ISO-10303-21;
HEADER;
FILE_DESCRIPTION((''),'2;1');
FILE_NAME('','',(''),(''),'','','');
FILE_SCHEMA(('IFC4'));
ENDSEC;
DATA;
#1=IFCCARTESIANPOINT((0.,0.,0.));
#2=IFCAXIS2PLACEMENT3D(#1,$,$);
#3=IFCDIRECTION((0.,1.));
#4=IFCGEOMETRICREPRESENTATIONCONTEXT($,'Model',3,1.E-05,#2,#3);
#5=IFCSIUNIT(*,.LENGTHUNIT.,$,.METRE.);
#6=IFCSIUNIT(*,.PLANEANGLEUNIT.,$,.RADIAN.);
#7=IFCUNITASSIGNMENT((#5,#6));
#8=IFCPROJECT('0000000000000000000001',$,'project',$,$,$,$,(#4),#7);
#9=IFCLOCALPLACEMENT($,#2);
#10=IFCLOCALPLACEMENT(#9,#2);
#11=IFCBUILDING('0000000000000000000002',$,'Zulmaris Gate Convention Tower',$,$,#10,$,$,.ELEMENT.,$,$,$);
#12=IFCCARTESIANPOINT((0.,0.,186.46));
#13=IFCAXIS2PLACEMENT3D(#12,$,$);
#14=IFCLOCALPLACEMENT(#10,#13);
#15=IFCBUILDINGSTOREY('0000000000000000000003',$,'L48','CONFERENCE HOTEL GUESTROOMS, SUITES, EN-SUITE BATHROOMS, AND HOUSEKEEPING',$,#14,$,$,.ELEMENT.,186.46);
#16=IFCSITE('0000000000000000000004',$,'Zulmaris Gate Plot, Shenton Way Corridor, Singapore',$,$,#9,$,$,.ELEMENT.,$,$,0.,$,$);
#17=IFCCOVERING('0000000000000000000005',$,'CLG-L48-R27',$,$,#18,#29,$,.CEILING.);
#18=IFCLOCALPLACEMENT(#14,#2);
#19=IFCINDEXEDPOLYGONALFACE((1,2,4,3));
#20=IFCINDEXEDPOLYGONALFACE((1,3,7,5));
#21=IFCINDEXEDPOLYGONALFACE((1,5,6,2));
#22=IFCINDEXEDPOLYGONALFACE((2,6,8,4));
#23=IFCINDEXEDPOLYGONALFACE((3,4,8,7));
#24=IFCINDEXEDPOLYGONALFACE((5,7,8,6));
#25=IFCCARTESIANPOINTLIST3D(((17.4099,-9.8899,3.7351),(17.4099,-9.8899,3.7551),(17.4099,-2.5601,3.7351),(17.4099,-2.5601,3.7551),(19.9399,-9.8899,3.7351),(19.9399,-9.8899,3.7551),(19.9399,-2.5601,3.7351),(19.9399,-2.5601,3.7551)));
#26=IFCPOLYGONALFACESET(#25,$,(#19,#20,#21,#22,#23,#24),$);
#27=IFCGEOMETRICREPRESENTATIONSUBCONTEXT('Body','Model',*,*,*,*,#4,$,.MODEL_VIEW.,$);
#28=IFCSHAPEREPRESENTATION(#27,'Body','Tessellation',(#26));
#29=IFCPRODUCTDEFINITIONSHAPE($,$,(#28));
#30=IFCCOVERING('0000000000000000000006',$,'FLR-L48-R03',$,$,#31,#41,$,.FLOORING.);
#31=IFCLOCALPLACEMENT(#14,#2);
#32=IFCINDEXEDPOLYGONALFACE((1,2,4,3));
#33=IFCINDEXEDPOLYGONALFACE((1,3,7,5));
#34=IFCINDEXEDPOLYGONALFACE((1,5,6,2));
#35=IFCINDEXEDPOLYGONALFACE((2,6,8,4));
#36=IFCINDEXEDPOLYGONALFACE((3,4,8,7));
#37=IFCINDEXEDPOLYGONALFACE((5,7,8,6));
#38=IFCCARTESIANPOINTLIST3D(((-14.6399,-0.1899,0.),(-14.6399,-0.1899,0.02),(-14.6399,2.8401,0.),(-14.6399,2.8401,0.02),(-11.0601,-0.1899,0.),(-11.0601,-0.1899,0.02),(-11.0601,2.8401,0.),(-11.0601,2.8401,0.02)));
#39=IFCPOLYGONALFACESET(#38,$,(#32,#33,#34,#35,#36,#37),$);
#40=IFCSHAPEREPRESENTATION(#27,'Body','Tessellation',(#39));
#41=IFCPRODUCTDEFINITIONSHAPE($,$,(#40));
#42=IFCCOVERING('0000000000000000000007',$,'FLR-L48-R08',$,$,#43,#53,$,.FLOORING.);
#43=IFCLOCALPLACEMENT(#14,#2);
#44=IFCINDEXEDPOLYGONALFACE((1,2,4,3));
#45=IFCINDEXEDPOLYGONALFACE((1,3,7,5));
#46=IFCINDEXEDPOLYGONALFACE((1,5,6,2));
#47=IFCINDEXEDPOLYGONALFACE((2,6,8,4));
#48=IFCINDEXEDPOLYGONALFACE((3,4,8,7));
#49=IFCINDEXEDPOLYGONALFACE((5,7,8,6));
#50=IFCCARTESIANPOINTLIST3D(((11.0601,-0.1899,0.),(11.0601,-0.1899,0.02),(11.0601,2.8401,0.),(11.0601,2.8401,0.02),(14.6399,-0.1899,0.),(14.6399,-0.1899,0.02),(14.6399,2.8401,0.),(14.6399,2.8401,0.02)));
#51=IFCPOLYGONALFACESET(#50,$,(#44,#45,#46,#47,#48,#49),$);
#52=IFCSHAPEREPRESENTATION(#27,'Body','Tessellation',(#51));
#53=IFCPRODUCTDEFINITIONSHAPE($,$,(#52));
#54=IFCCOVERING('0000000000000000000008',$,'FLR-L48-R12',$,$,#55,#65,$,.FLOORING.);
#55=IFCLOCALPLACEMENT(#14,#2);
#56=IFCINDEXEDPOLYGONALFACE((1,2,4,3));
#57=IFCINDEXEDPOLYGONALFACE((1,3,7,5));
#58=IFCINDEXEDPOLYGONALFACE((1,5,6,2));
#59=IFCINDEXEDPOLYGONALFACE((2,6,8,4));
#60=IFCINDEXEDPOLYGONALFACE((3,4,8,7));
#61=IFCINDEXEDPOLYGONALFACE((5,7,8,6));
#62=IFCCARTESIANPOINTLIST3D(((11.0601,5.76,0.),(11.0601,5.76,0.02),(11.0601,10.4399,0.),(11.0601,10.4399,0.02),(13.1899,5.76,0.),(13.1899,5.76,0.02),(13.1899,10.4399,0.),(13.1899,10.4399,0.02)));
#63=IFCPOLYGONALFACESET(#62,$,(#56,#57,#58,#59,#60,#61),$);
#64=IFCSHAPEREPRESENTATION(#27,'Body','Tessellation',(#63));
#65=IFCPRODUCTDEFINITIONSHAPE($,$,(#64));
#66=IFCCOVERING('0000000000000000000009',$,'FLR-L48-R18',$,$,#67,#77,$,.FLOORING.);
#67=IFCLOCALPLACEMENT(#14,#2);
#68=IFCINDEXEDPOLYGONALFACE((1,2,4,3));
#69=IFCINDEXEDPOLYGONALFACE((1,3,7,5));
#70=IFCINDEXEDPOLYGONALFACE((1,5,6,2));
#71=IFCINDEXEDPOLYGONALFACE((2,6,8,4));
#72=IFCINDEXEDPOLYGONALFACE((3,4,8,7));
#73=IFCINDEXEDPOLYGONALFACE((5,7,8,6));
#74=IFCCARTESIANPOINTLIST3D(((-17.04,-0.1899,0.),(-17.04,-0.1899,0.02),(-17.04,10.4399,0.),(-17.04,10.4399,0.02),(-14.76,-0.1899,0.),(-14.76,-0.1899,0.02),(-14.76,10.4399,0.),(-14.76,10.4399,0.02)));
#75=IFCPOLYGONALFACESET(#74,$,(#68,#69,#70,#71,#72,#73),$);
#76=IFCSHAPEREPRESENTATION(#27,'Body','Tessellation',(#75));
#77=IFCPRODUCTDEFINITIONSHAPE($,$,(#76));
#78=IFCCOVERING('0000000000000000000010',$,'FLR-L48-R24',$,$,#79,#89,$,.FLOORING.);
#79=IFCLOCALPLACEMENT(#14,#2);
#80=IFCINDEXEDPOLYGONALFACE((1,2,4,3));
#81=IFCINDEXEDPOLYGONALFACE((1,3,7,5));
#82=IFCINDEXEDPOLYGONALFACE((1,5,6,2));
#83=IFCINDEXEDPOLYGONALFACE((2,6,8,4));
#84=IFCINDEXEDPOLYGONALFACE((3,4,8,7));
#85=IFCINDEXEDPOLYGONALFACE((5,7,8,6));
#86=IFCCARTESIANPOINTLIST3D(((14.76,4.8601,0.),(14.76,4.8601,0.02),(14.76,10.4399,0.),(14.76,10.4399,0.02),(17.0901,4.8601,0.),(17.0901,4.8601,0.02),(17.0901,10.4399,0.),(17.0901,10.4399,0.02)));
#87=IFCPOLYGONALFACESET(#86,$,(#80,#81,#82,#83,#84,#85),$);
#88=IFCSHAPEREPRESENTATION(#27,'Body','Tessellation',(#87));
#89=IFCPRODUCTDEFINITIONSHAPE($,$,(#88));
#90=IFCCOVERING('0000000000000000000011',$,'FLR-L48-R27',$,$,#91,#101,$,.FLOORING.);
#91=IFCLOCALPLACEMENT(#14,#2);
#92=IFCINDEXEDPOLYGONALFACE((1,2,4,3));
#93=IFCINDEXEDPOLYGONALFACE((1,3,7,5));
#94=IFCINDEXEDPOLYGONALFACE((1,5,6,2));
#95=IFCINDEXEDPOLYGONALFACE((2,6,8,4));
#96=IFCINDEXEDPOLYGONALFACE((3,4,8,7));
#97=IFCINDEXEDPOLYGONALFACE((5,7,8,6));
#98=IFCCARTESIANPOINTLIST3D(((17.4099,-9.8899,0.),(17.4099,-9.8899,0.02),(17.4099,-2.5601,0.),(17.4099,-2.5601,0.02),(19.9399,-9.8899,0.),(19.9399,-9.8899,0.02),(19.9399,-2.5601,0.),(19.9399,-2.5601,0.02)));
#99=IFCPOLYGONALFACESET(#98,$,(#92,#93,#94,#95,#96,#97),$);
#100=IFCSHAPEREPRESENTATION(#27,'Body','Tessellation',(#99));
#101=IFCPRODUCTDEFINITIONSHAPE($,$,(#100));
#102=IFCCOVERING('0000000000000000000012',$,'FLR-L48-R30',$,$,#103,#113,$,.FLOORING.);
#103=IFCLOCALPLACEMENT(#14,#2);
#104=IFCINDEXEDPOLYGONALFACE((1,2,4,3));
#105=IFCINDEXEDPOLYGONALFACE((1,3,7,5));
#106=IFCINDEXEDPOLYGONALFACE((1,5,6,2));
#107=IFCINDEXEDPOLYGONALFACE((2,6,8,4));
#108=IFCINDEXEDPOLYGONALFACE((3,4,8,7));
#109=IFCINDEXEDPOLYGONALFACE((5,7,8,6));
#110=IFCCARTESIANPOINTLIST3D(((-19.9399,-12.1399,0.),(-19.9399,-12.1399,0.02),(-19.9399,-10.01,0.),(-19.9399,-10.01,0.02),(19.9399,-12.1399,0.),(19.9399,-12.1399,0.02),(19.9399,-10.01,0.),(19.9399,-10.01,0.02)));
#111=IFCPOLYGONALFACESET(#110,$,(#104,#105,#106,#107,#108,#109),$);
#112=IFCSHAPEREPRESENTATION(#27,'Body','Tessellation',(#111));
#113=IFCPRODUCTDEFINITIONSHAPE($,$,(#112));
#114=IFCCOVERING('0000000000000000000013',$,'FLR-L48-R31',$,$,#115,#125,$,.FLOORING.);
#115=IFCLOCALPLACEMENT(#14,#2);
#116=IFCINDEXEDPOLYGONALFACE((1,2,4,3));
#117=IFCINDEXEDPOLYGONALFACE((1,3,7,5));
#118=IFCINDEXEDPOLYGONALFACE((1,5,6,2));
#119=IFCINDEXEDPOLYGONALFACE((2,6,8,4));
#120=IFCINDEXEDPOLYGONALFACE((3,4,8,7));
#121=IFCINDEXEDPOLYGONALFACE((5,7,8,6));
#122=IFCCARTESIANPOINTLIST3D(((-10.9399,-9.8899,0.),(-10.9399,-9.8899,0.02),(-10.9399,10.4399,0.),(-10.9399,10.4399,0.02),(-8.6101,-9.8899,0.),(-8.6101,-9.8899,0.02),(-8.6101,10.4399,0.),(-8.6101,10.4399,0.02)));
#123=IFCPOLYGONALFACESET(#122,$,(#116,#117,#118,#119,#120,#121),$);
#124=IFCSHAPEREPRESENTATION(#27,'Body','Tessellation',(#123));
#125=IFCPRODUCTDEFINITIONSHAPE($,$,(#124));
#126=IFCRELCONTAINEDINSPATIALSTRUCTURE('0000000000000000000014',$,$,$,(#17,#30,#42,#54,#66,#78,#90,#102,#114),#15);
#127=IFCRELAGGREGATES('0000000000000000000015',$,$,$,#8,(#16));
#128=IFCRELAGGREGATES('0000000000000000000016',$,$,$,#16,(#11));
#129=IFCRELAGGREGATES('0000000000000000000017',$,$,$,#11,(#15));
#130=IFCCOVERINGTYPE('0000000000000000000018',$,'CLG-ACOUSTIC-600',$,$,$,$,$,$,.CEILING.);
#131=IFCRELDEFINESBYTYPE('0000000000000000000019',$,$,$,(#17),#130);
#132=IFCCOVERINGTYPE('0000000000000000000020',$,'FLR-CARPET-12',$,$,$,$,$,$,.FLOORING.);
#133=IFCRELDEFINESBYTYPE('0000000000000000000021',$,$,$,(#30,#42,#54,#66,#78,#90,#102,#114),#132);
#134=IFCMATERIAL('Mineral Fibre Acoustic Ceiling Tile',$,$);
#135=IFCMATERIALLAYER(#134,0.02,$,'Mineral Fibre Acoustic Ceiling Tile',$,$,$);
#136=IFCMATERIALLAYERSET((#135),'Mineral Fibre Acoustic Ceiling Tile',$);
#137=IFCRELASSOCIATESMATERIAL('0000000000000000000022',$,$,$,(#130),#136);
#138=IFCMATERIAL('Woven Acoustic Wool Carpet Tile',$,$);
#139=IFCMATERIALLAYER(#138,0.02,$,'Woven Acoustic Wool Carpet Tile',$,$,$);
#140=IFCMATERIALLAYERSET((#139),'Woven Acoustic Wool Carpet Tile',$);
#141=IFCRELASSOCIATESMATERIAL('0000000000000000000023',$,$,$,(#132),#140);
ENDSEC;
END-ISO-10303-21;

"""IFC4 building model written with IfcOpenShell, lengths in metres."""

from ifc_helpers import new_model, si_unit, direction, frame, origin, place, context, subcontext, project, spatial, polyline, outline, extrude, material, layer, layer_set, type_object, element, save


model = new_model("IFC4")

# Units and contexts
model_context = context("Model", 3, precision=1e-05, world=origin(), true_north=direction((0.0, 1.0)))
body_context = subcontext(model_context, "Body", "Model", "MODEL_VIEW")
ifc_project = project(units=[si_unit("LENGTHUNIT", "METRE"), si_unit("PLANEANGLEUNIT", "RADIAN")], contexts=[model_context])

# Site, building, storey
site_placement = place(None, origin())
site = spatial("IfcSite", under=ifc_project, at=site_placement, Name="Zulmaris Gate Plot, Shenton Way Corridor, Singapore", CompositionType="ELEMENT", RefElevation=0.0)
building_placement = place(site_placement, origin())
building = spatial("IfcBuilding", under=site, at=building_placement, Name="Zulmaris Gate Convention Tower", CompositionType="ELEMENT")
storey_placement = place(building_placement, frame((0.0, 0.0, 186.46)))
storey = spatial("IfcBuildingStorey", under=building, at=storey_placement, Name="L48", Description="CONFERENCE HOTEL GUESTROOMS, SUITES, EN-SUITE BATHROOMS, AND HOUSEKEEPING", CompositionType="ELEMENT", Elevation=186.46)

# Coverings
ifc_material_1 = material(Name="Mineral Fibre Acoustic Ceiling Tile")
ifc_layer_1 = layer(ifc_material_1, 0.02, Name="Mineral Fibre Acoustic Ceiling Tile")
ifc_layer_set_1 = layer_set([ifc_layer_1], Name="Mineral Fibre Acoustic Ceiling Tile")
covering_type_1 = type_object("IfcCoveringType", Name="CLG-ACOUSTIC-600", PredefinedType="CEILING", material=ifc_layer_set_1)
covering_1_placement = place(storey_placement, frame((0.0, 0.0, 3.7351)))
element("IfcCovering", 1, at=covering_1_placement, inside=storey, type_object=covering_type_1, Name="CLG-L48-R27", PredefinedType="CEILING", context=body_context, shape_type="SweptSolid", body=[
    extrude(outline(polyline([(17.4099, -9.8899), (19.9399, -9.8899), (19.9399, -2.5601), (17.4099, -2.5601), (17.4099, -9.8899)])), origin(), (0.0, 0.0, 1.0), 0.02),
])
ifc_material_2 = material(Name="Woven Acoustic Wool Carpet Tile")
ifc_layer_2 = layer(ifc_material_2, 0.02, Name="Woven Acoustic Wool Carpet Tile")
ifc_layer_set_2 = layer_set([ifc_layer_2], Name="Woven Acoustic Wool Carpet Tile")
covering_type_2 = type_object("IfcCoveringType", Name="FLR-CARPET-12", PredefinedType="FLOORING", material=ifc_layer_set_2)
covering_2_placement = place(storey_placement, origin())
element("IfcCovering", 2, at=covering_2_placement, inside=storey, type_object=covering_type_2, Name="FLR-L48-R03", PredefinedType="FLOORING", context=body_context, shape_type="SweptSolid", body=[
    extrude(outline(polyline([(-14.6399, -0.1899), (-11.0601, -0.1899), (-11.0601, 2.8401), (-14.6399, 2.8401), (-14.6399, -0.1899)])), origin(), (0.0, 0.0, 1.0), 0.02),
])
covering_3_placement = place(storey_placement, origin())
element("IfcCovering", 3, at=covering_3_placement, inside=storey, type_object=covering_type_2, Name="FLR-L48-R08", PredefinedType="FLOORING", context=body_context, shape_type="SweptSolid", body=[
    extrude(outline(polyline([(11.0601, -0.1899), (14.6399, -0.1899), (14.6399, 2.8401), (11.0601, 2.8401), (11.0601, -0.1899)])), origin(), (0.0, 0.0, 1.0), 0.02),
])
covering_4_placement = place(storey_placement, origin())
element("IfcCovering", 4, at=covering_4_placement, inside=storey, type_object=covering_type_2, Name="FLR-L48-R12", PredefinedType="FLOORING", context=body_context, shape_type="SweptSolid", body=[
    extrude(outline(polyline([(11.0601, 5.76), (13.1899, 5.76), (13.1899, 10.4399), (11.0601, 10.4399), (11.0601, 5.76)])), origin(), (0.0, 0.0, 1.0), 0.02),
])
covering_5_placement = place(storey_placement, origin())
element("IfcCovering", 5, at=covering_5_placement, inside=storey, type_object=covering_type_2, Name="FLR-L48-R18", PredefinedType="FLOORING", context=body_context, shape_type="SweptSolid", body=[
    extrude(outline(polyline([(-17.04, -0.1899), (-14.76, -0.1899), (-14.76, 10.4399), (-17.04, 10.4399), (-17.04, -0.1899)])), origin(), (0.0, 0.0, 1.0), 0.02),
])
covering_6_placement = place(storey_placement, origin())
element("IfcCovering", 6, at=covering_6_placement, inside=storey, type_object=covering_type_2, Name="FLR-L48-R24", PredefinedType="FLOORING", context=body_context, shape_type="SweptSolid", body=[
    extrude(outline(polyline([(14.76, 4.8601), (17.0901, 4.8601), (17.0901, 10.4399), (14.76, 10.4399), (14.76, 4.8601)])), origin(), (0.0, 0.0, 1.0), 0.02),
])
covering_7_placement = place(storey_placement, origin())
element("IfcCovering", 7, at=covering_7_placement, inside=storey, type_object=covering_type_2, Name="FLR-L48-R27", PredefinedType="FLOORING", context=body_context, shape_type="SweptSolid", body=[
    extrude(outline(polyline([(17.4099, -9.8899), (19.9399, -9.8899), (19.9399, -2.5601), (17.4099, -2.5601), (17.4099, -9.8899)])), origin(), (0.0, 0.0, 1.0), 0.02),
])
covering_8_placement = place(storey_placement, origin())
element("IfcCovering", 8, at=covering_8_placement, inside=storey, type_object=covering_type_2, Name="FLR-L48-R30", PredefinedType="FLOORING", context=body_context, shape_type="SweptSolid", body=[
    extrude(outline(polyline([(-19.9399, -12.1399), (19.9399, -12.1399), (19.9399, -10.01), (-19.9399, -10.01), (-19.9399, -12.1399)])), origin(), (0.0, 0.0, 1.0), 0.02),
])
covering_9_placement = place(storey_placement, origin())
element("IfcCovering", 9, at=covering_9_placement, inside=storey, type_object=covering_type_2, Name="FLR-L48-R31", PredefinedType="FLOORING", context=body_context, shape_type="SweptSolid", body=[
    extrude(outline(polyline([(-10.9399, -9.8899), (-8.6101, -9.8899), (-8.6101, 10.4399), (-10.9399, 10.4399), (-10.9399, -9.8899)])), origin(), (0.0, 0.0, 1.0), 0.02),
])

save(model, "model.ifc")
